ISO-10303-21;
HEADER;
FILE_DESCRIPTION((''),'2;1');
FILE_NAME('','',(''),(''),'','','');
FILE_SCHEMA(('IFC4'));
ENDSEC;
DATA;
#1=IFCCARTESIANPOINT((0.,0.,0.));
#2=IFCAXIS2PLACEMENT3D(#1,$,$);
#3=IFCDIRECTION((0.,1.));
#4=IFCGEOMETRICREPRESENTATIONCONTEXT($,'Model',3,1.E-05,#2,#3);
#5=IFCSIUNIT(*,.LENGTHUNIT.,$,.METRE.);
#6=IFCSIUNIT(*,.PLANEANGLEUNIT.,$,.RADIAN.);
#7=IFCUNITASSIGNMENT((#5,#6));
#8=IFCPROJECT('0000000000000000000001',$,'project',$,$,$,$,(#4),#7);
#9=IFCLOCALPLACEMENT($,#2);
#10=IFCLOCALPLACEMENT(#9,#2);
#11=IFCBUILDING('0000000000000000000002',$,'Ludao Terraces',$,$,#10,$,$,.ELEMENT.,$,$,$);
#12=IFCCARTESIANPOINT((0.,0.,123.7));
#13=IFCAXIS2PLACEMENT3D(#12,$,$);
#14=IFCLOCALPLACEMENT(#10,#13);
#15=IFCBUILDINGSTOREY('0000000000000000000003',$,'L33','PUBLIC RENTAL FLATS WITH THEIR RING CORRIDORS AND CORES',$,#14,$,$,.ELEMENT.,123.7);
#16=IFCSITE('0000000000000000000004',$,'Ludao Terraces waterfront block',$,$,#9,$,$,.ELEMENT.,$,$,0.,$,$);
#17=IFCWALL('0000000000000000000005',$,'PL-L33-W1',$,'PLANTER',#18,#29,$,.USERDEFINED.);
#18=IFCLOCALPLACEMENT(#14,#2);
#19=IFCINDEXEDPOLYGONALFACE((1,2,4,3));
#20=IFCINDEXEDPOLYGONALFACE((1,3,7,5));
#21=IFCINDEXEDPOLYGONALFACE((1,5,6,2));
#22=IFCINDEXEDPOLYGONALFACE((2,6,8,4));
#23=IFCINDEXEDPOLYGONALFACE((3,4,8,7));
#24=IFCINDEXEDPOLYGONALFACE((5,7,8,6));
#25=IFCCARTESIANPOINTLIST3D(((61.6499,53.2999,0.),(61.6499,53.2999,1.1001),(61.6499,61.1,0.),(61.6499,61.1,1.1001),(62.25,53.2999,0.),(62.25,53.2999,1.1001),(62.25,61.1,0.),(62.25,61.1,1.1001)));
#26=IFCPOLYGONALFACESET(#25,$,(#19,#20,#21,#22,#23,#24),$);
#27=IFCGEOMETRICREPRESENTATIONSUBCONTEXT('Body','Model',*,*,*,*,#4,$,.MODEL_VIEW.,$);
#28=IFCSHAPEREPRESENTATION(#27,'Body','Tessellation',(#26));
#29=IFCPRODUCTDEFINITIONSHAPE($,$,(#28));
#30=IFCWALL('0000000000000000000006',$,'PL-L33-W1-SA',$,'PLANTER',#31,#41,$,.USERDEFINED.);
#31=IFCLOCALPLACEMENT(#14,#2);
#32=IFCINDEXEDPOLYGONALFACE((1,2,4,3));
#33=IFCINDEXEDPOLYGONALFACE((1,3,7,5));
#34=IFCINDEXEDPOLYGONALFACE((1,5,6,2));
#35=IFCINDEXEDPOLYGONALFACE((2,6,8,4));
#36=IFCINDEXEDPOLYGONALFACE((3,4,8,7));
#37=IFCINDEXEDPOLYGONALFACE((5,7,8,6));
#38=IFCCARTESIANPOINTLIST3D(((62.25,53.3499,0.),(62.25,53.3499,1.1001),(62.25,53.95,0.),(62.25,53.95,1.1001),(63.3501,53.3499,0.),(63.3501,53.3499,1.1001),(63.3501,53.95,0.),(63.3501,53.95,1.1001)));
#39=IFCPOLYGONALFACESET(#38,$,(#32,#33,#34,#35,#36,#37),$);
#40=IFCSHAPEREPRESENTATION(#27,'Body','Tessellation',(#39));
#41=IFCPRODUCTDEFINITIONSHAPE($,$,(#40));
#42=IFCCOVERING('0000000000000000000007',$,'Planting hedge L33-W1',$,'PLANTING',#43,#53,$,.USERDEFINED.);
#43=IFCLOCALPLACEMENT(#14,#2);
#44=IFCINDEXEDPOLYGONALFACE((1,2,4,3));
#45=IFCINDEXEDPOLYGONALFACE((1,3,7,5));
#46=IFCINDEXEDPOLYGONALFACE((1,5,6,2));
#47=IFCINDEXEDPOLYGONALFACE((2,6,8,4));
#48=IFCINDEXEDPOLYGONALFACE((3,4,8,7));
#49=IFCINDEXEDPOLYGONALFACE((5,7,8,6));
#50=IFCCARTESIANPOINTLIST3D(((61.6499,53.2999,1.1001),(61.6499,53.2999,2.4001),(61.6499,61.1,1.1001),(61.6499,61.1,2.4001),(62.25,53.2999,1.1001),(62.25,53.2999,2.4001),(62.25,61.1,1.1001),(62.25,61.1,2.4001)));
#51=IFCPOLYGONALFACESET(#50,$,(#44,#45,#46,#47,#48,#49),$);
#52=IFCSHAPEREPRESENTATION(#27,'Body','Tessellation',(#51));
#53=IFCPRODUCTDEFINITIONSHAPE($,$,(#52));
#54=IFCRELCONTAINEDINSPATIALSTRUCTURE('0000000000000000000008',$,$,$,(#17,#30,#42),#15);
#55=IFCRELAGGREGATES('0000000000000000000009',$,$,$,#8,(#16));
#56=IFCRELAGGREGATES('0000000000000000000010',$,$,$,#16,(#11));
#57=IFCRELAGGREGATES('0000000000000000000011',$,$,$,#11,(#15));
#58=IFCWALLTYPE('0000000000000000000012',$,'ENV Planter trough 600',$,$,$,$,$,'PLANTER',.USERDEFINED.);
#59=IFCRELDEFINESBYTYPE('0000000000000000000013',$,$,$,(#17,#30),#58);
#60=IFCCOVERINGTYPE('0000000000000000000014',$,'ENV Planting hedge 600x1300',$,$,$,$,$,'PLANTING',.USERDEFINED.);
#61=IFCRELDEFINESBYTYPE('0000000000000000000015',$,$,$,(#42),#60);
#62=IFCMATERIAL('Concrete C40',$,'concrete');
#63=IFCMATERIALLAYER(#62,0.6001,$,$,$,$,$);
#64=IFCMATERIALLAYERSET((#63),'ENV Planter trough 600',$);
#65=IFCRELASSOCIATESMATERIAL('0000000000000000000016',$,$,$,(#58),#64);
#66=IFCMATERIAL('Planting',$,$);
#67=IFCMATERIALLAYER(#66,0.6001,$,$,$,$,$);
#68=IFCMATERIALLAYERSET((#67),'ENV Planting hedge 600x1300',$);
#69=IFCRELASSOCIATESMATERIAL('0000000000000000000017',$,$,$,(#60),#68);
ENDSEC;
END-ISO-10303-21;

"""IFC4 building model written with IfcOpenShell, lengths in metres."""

from ifc_helpers import new_model, si_unit, direction, frame, frame_2d, origin, origin_2d, place, context, subcontext, project, spatial, rectangle, extrude, material, layer, layer_set, type_object, element, save


model = new_model("IFC4")

# Units and contexts
model_context = context("Model", 3, precision=1e-05, world=origin(), true_north=direction((0.0, 1.0)))
body_context = subcontext(model_context, "Body", "Model", "MODEL_VIEW")
ifc_project = project(units=[si_unit("LENGTHUNIT", "METRE"), si_unit("PLANEANGLEUNIT", "RADIAN")], contexts=[model_context])

# Site, building, storey
site_placement = place(None, origin())
site = spatial("IfcSite", under=ifc_project, at=site_placement, Name="Ludao Terraces waterfront block", CompositionType="ELEMENT", RefElevation=0.0)
building_placement = place(site_placement, origin())
building = spatial("IfcBuilding", under=site, at=building_placement, Name="Ludao Terraces", CompositionType="ELEMENT")
storey_placement = place(building_placement, frame((0.0, 0.0, 123.7)))
storey = spatial("IfcBuildingStorey", under=building, at=storey_placement, Name="L33", Description="PUBLIC RENTAL FLATS WITH THEIR RING CORRIDORS AND CORES", CompositionType="ELEMENT", Elevation=123.7)

# Shared definitions
ifc_material_1 = material(Name="Concrete C40", Category="concrete")

# Walls
ifc_layer_1 = layer(ifc_material_1, 0.6001)
ifc_layer_set_1 = layer_set([ifc_layer_1], Name="ENV Planter trough 600")
wall_type = type_object("IfcWallType", Name="ENV Planter trough 600", ElementType="PLANTER", PredefinedType="USERDEFINED", material=ifc_layer_set_1)
wall_1_placement = place(storey_placement, frame((61.95, 53.3, 0.0), z_axis=(0.0, 0.0, 1.0), x_axis=(0.0, 1.0, 0.0)))
element("IfcWall", 1, at=wall_1_placement, inside=storey, type_object=wall_type, Name="PL-L33-W1", ObjectType="PLANTER", PredefinedType="USERDEFINED", context=body_context, shape_type="SweptSolid", body=[
    extrude(rectangle(XDim=7.8, YDim=0.6001, at=frame_2d((3.8999, 0.0))), origin(), (0.0, 0.0, 1.0), 1.1001),
])
wall_2_placement = place(storey_placement, frame((62.25, 53.6499, 0.0), z_axis=(0.0, 0.0, 1.0), x_axis=(1.0, 0.0, 0.0)))
element("IfcWall", 2, at=wall_2_placement, inside=storey, type_object=wall_type, Name="PL-L33-W1-SA", ObjectType="PLANTER", PredefinedType="USERDEFINED", context=body_context, shape_type="SweptSolid", body=[
    extrude(rectangle(XDim=1.1001, YDim=0.6001, at=frame_2d((0.55, 0.0))), origin(), (0.0, 0.0, 1.0), 1.1001),
])

# Covering
ifc_material_2 = material(Name="Planting")
ifc_layer_2 = layer(ifc_material_2, 0.6001)
ifc_layer_set_2 = layer_set([ifc_layer_2], Name="ENV Planting hedge 600x1300")
covering_type = type_object("IfcCoveringType", Name="ENV Planting hedge 600x1300", ElementType="PLANTING", PredefinedType="USERDEFINED", material=ifc_layer_set_2)
covering_placement = place(storey_placement, frame((61.95, 57.2, 1.1001), z_axis=(0.0, 0.0, 1.0), x_axis=(1.0, 0.0, 0.0)))
element("IfcCovering", 3, at=covering_placement, inside=storey, type_object=covering_type, Name="Planting hedge L33-W1", ObjectType="PLANTING", PredefinedType="USERDEFINED", context=body_context, shape_type="SweptSolid", body=[
    extrude(rectangle(XDim=0.6001, YDim=7.8, at=origin_2d()), origin(), (0.0, 0.0, 1.0), 1.3),
])

save(model, "model.ifc")
